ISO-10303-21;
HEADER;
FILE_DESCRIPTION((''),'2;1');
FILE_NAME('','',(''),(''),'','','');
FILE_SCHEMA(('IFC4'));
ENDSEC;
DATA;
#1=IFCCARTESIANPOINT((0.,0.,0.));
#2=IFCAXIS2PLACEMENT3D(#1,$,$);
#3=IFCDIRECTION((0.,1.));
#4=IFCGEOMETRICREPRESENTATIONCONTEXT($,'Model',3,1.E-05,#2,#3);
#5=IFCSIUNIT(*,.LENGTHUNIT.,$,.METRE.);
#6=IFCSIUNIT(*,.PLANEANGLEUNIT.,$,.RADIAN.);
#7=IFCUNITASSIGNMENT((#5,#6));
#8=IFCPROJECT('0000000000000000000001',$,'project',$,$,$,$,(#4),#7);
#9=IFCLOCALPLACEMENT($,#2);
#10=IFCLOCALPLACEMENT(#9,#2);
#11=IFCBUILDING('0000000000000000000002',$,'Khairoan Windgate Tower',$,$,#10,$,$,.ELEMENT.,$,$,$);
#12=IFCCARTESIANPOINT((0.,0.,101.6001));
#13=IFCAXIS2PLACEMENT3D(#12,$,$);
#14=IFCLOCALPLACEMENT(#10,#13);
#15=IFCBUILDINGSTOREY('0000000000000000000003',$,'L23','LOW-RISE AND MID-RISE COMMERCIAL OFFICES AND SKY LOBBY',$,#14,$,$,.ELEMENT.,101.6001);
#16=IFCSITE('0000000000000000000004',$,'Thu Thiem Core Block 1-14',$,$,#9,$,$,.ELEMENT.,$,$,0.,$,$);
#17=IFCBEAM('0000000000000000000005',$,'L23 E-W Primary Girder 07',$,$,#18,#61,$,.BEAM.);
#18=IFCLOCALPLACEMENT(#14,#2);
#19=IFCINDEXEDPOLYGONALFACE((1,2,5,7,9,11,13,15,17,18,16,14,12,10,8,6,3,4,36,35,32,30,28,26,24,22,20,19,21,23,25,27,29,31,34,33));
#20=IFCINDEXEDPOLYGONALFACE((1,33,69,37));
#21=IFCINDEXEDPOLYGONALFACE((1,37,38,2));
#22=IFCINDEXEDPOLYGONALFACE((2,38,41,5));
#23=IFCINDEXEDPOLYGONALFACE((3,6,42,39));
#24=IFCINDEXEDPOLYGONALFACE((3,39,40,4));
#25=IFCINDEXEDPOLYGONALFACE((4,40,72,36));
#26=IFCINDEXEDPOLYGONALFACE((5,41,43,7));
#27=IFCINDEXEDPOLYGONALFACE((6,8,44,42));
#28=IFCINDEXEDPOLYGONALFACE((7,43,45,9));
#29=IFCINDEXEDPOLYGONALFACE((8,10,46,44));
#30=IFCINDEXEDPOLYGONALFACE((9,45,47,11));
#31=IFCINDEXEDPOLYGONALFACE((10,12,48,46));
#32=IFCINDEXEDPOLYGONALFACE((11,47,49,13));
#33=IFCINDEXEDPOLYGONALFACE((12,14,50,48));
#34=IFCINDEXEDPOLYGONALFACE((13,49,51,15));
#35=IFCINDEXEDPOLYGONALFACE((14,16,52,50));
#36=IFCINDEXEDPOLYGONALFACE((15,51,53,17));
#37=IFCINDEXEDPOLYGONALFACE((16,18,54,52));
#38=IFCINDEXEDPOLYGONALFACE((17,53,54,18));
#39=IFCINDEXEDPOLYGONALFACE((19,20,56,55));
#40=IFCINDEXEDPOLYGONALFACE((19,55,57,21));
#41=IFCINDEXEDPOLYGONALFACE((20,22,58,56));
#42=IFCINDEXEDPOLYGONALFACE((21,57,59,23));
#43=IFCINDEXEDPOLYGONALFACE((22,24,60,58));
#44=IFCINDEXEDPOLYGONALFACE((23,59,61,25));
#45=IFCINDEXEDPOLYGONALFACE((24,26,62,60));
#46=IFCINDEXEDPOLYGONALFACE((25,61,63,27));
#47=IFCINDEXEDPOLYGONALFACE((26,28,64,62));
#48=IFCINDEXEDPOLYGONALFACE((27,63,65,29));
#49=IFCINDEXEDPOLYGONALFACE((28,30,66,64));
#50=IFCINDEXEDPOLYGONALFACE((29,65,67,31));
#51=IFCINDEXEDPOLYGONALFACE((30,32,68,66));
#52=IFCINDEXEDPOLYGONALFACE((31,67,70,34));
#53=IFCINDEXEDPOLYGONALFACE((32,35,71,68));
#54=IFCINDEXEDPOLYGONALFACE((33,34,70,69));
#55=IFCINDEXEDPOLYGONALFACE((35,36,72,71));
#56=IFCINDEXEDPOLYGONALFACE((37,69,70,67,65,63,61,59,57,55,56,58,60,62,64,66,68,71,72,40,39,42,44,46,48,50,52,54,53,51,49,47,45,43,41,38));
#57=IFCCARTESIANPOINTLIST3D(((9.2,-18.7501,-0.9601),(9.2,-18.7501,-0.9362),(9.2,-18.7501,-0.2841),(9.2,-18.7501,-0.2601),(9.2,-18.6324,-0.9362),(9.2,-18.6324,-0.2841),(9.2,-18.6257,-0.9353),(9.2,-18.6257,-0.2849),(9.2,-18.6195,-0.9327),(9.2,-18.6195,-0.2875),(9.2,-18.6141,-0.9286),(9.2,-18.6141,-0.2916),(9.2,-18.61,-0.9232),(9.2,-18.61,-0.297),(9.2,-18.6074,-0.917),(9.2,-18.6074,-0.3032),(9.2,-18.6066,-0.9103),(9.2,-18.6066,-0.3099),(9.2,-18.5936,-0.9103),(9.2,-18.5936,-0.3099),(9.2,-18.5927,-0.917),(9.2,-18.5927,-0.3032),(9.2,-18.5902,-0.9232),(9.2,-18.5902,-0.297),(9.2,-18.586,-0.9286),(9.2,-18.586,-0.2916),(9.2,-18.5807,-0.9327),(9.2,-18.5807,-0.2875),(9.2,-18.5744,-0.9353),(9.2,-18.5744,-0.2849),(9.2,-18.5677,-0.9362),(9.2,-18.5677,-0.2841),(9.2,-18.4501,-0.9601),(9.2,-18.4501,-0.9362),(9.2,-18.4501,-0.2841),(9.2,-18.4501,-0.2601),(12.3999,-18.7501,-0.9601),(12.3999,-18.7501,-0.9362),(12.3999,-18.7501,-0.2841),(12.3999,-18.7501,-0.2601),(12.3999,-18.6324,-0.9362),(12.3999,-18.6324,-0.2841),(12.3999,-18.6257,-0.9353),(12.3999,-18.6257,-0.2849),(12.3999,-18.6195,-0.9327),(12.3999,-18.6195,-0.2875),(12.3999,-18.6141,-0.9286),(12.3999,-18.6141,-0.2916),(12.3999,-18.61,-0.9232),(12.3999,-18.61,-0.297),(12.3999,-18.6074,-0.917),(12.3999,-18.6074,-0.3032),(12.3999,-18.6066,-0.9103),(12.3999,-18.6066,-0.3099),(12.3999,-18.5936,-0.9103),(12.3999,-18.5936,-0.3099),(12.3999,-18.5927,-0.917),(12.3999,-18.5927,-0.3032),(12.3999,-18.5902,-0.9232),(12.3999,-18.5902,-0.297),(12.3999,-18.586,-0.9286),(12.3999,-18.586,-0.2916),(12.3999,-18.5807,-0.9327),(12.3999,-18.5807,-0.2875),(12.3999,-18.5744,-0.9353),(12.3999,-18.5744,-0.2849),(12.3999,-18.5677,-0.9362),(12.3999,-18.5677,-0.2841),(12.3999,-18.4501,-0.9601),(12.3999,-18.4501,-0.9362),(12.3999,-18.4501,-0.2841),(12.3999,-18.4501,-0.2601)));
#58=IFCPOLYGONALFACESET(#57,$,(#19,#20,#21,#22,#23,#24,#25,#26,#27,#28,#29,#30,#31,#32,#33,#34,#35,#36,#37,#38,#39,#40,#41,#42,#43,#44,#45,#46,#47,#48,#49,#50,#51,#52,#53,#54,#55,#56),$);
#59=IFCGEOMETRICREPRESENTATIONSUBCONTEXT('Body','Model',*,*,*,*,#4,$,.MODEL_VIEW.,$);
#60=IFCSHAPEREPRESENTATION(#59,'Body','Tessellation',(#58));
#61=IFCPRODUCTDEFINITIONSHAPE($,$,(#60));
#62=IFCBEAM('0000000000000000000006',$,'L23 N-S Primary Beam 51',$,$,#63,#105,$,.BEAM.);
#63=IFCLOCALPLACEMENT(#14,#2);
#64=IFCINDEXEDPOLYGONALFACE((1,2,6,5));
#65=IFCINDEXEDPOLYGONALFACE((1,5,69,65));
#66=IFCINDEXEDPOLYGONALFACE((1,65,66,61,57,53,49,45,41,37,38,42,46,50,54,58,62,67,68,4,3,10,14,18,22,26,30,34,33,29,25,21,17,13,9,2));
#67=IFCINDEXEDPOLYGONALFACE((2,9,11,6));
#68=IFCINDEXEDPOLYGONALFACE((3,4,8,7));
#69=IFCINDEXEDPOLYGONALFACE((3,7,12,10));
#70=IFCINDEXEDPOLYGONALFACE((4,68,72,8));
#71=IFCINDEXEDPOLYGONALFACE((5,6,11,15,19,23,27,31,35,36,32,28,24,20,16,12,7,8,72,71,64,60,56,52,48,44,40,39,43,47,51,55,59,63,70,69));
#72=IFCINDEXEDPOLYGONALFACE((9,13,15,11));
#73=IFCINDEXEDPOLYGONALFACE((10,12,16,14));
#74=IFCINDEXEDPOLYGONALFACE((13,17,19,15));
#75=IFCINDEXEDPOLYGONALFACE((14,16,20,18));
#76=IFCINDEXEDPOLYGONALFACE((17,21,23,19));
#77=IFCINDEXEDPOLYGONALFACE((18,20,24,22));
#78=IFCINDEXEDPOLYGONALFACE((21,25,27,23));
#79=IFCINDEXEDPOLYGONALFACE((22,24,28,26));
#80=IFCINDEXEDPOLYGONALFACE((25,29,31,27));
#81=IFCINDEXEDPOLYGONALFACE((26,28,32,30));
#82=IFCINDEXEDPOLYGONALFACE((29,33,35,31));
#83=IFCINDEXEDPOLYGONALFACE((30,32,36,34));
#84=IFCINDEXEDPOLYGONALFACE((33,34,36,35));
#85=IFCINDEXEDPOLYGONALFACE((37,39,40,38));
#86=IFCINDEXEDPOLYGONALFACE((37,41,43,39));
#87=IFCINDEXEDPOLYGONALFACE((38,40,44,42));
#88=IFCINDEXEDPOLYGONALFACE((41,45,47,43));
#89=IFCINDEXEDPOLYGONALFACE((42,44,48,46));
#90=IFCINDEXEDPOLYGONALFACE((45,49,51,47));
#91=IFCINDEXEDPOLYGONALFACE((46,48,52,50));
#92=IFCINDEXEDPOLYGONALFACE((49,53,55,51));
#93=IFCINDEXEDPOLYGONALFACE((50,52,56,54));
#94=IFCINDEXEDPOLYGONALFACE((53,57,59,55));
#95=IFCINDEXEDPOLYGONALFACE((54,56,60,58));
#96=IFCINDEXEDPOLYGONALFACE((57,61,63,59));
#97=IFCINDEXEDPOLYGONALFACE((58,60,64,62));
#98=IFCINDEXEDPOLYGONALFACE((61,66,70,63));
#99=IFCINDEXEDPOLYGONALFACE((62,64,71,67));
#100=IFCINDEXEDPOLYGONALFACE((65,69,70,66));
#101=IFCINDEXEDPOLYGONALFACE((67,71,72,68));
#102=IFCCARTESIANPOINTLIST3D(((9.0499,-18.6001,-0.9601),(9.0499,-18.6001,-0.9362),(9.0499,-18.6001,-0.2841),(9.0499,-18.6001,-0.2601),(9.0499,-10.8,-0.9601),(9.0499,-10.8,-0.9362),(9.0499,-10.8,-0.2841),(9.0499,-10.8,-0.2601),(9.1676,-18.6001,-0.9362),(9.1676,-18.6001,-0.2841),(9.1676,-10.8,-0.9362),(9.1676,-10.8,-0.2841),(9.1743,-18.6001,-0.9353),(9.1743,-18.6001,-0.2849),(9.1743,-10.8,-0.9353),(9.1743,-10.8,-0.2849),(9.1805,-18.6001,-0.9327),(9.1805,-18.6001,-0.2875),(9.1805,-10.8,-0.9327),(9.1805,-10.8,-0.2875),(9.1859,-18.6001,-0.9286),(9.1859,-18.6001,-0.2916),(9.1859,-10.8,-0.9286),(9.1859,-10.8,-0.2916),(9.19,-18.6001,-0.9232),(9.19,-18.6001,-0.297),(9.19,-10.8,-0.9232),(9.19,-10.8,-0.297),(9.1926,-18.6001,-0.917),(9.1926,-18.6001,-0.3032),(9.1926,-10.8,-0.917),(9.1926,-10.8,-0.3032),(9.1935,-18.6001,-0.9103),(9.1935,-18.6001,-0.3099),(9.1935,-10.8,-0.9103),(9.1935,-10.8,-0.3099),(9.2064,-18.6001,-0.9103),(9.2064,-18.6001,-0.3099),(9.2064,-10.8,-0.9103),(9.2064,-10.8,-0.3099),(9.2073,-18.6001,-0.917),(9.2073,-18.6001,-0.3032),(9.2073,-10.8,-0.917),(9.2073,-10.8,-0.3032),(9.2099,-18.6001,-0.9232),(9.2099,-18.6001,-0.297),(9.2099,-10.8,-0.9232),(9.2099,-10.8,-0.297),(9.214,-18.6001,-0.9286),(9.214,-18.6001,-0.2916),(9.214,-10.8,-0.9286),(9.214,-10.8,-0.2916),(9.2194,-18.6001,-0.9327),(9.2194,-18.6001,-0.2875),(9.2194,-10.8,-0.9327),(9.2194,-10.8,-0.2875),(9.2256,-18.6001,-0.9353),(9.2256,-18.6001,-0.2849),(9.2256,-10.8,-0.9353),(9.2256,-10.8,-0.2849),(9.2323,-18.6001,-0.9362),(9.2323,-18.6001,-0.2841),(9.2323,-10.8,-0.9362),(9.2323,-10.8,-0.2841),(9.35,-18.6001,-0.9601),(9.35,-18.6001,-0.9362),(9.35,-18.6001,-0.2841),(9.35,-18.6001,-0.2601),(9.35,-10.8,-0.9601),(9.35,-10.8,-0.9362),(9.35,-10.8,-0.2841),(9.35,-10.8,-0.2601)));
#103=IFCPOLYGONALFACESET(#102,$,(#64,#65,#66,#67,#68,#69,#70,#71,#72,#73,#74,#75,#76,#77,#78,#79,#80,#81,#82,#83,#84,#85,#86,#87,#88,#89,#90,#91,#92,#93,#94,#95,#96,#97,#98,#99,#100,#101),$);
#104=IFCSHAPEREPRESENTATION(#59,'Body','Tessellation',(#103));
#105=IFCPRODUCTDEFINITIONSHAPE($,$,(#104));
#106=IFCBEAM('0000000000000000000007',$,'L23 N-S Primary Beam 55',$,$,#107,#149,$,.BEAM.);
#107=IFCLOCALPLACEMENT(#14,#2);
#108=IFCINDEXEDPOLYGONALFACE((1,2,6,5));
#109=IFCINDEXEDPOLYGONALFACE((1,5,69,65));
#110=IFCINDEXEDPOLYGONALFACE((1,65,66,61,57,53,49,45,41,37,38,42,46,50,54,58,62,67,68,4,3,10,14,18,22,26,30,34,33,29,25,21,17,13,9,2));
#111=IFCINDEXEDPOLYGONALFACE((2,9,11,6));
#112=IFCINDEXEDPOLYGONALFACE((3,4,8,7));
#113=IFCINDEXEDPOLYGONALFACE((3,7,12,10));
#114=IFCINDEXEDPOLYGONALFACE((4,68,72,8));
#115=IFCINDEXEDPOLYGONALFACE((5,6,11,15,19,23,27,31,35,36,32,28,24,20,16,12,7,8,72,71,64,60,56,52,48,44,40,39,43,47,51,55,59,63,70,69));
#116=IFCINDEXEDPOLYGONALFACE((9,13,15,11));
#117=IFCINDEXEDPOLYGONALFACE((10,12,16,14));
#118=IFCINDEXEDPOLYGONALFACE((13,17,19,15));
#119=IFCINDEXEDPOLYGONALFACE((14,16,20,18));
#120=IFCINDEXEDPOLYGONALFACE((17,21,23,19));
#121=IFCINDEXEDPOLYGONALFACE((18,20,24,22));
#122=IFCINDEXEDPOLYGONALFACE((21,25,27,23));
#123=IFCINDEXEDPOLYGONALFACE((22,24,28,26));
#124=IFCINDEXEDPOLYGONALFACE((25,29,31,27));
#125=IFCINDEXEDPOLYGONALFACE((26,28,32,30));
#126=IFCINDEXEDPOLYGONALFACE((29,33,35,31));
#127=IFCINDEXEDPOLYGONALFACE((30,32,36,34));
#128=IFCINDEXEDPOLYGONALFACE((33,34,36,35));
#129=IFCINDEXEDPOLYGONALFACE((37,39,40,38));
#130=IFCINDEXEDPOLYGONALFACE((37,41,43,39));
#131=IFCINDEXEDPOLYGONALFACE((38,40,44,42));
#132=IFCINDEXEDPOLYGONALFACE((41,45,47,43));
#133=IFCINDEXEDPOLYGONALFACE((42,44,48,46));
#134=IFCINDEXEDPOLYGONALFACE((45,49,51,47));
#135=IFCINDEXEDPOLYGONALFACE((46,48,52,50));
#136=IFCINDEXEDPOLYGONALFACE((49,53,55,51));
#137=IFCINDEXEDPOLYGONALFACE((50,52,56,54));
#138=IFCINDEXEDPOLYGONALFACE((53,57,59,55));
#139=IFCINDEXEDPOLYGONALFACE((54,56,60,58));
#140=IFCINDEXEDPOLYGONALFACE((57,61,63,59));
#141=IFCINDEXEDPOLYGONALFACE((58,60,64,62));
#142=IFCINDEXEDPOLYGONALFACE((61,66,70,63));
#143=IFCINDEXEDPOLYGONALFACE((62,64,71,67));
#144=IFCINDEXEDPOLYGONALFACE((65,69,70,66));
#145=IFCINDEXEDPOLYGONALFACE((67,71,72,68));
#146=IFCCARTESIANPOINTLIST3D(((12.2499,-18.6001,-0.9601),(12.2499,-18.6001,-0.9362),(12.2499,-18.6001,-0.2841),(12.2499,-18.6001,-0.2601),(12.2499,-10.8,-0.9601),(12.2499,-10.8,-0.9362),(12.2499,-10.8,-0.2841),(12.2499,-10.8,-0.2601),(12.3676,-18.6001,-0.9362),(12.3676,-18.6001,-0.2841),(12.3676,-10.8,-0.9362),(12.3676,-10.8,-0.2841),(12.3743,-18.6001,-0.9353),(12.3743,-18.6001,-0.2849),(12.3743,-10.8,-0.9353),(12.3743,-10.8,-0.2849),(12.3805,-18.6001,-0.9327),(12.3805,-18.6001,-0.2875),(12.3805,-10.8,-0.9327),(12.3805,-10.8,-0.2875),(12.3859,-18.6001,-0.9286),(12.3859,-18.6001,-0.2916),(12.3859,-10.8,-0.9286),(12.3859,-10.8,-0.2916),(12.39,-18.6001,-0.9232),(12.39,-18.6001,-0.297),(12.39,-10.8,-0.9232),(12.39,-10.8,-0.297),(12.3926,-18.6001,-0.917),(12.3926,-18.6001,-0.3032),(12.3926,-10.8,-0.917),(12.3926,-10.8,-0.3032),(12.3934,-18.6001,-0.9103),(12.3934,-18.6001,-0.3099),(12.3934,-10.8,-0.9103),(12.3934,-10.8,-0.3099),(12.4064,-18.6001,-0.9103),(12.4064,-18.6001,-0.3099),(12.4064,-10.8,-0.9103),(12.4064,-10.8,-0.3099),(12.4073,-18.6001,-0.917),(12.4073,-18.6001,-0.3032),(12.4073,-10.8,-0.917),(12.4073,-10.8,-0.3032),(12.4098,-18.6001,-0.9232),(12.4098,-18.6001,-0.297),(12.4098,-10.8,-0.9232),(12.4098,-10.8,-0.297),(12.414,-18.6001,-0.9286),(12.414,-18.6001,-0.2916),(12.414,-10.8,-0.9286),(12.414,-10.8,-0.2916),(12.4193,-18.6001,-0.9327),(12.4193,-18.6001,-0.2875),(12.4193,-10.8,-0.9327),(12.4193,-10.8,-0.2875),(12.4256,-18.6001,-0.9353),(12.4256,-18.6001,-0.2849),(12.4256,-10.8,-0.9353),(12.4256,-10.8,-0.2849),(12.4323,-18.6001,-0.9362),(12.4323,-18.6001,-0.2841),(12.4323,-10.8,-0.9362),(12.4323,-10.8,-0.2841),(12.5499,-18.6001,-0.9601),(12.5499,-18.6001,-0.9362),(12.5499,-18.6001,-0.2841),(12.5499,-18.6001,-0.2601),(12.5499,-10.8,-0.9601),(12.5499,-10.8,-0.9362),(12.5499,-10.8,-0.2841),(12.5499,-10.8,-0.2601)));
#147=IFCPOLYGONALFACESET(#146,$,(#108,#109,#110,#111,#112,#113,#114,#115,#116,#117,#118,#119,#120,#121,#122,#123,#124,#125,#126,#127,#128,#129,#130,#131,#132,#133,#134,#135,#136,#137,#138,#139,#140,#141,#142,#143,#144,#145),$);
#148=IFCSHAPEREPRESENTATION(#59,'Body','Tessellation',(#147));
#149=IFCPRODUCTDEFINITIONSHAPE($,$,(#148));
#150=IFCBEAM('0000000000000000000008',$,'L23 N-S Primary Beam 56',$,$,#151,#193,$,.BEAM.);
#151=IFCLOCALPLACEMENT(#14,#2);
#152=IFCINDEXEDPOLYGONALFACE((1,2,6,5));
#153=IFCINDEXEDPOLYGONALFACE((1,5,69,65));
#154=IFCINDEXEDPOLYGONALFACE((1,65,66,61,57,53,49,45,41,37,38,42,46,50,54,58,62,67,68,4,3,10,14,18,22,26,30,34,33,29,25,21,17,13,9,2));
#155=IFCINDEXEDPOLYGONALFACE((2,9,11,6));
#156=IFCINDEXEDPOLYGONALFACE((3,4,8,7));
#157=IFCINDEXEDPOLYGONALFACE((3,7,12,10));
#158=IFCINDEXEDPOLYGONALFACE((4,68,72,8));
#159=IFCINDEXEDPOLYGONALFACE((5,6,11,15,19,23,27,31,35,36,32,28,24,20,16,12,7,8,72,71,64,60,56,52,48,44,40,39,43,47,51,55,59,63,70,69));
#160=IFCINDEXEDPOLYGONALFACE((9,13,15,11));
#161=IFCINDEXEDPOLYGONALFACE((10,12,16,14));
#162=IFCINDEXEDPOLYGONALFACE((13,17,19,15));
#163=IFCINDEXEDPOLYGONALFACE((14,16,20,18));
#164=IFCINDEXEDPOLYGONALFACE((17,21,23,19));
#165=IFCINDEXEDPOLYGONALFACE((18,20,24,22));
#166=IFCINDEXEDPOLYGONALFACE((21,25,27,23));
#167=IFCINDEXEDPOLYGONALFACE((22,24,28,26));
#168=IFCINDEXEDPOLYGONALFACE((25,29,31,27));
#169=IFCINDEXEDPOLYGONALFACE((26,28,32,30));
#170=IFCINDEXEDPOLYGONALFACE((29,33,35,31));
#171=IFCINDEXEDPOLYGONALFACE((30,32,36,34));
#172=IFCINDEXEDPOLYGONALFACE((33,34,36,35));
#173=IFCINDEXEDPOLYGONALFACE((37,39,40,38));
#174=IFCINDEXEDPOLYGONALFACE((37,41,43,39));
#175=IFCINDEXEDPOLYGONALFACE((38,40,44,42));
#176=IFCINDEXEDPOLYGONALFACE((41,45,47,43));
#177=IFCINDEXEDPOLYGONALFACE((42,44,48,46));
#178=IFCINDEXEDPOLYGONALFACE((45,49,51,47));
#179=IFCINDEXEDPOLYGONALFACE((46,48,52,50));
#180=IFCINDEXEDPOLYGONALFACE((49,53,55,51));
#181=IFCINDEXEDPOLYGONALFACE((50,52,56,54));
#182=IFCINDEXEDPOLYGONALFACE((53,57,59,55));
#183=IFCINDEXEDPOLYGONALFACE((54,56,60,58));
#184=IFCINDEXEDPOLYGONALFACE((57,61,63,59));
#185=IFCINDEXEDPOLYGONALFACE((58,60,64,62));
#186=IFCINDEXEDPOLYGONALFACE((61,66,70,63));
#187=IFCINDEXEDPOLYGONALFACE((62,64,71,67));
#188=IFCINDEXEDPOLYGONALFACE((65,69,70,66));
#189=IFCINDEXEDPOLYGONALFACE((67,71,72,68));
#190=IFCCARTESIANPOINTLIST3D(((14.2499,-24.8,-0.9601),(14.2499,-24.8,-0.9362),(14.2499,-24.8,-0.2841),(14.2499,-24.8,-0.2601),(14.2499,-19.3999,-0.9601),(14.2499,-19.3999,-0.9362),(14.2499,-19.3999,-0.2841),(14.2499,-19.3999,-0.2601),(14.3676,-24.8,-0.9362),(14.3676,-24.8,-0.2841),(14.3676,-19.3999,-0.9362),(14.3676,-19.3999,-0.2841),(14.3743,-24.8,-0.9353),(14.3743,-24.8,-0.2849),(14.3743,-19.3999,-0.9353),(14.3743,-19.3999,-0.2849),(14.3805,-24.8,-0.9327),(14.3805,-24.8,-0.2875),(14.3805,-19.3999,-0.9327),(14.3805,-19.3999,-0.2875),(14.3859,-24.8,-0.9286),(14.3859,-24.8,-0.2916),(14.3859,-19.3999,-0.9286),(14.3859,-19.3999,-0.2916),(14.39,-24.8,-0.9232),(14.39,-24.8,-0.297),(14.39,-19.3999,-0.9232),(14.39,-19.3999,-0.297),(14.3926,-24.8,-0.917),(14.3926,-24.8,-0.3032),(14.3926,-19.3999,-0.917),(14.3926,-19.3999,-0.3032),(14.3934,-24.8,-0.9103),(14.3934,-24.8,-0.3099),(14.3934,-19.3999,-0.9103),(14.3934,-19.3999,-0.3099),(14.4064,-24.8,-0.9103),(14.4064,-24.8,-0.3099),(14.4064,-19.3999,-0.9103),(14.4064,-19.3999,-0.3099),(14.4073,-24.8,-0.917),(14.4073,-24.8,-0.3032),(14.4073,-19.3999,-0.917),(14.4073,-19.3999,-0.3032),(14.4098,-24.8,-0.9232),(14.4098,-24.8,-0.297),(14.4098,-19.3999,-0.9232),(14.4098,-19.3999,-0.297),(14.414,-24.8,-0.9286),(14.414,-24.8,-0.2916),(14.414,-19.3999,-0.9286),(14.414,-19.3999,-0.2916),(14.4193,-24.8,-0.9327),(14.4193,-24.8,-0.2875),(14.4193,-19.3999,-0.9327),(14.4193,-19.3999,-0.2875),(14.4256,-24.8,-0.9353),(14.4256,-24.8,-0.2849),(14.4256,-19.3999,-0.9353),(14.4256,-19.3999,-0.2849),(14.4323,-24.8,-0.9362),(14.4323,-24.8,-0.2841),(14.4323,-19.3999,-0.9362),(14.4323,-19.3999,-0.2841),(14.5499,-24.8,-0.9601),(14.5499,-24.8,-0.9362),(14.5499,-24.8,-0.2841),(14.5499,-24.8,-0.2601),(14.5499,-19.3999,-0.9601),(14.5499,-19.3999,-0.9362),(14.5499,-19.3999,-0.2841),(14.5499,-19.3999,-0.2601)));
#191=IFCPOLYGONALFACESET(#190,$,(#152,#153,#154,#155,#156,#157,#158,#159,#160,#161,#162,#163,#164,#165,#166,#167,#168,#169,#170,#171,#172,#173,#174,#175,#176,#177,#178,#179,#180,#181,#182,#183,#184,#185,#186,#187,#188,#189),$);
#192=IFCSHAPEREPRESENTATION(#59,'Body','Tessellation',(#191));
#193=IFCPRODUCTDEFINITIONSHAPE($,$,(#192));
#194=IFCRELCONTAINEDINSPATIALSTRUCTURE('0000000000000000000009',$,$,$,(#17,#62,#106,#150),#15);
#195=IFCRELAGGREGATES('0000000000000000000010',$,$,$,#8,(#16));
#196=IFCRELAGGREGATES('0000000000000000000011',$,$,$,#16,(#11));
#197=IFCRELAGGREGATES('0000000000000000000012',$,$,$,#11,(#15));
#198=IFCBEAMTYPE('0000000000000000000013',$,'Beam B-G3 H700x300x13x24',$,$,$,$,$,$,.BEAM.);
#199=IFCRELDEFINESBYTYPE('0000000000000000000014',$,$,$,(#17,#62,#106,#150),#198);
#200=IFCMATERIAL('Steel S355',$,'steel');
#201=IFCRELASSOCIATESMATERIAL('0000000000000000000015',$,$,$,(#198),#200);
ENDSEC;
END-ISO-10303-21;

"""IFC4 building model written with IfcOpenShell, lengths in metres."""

from ifc_helpers import new_model, si_unit, direction, frame, origin, origin_2d, place, context, subcontext, project, spatial, i_section, extrude, material, material_profile, profile_set, type_object, element, save


model = new_model("IFC4")

# Units and contexts
model_context = context("Model", 3, precision=1e-05, world=origin(), true_north=direction((0.0, 1.0)))
body_context = subcontext(model_context, "Body", "Model", "MODEL_VIEW")
ifc_project = project(units=[si_unit("LENGTHUNIT", "METRE"), si_unit("PLANEANGLEUNIT", "RADIAN")], contexts=[model_context])

# Site, building, storey
site_placement = place(None, origin())
site = spatial("IfcSite", under=ifc_project, at=site_placement, Name="Thu Thiem Core Block 1-14", CompositionType="ELEMENT", RefElevation=0.0)
building_placement = place(site_placement, origin())
building = spatial("IfcBuilding", under=site, at=building_placement, Name="Khairoan Windgate Tower", CompositionType="ELEMENT")
storey_placement = place(building_placement, frame((0.0, 0.0, 101.6001)))
storey = spatial("IfcBuildingStorey", under=building, at=storey_placement, Name="L23", Description="LOW-RISE AND MID-RISE COMMERCIAL OFFICES AND SKY LOBBY", CompositionType="ELEMENT", Elevation=101.6001)

# Beams
ifc_material_1 = material(Name="Steel S355", Category="steel")
ifc_material_profile_1 = material_profile(ifc_material_1, i_section(OverallWidth=0.3, OverallDepth=0.7, WebThickness=0.0129, FlangeThickness=0.0239, FilletRadius=0.0259, at=origin_2d()))
ifc_profile_set_1 = profile_set([ifc_material_profile_1], Name="Steel S355")
beam_type = type_object("IfcBeamType", Name="Beam B-G3 H700x300x13x24", PredefinedType="BEAM", material=ifc_profile_set_1)
beam_1_placement = place(storey_placement, frame((9.2, -18.6001, -0.6101), z_axis=(1.0, 0.0, 0.0), x_axis=(0.0, 1.0, 0.0)))
element("IfcBeam", 1, at=beam_1_placement, inside=storey, type_object=beam_type, Name="L23 E-W Primary Girder 07", PredefinedType="BEAM", context=body_context, shape_type="SweptSolid", body=[
    extrude(i_section(OverallWidth=0.3, OverallDepth=0.7, WebThickness=0.0129, FlangeThickness=0.0239, FilletRadius=0.0259, at=origin_2d()), origin(), (0.0, 0.0, 1.0), 3.2),
])
for number, where, z_axis, x_axis, name in (
    (2, (9.2, -18.6001, -0.6101), (0.0, 1.0, 0.0), (-1.0, 0.0, 0.0), "L23 N-S Primary Beam 51"),
    (3, (12.3999, -18.6001, -0.6101), (0.0, 1.0, 0.0), (-1.0, 0.0, 0.0), "L23 N-S Primary Beam 55"),
):
    element("IfcBeam", number, at=place(storey_placement, frame(where, z_axis=z_axis, x_axis=x_axis)), inside=storey, type_object=beam_type, Name=name, PredefinedType="BEAM", context=body_context, shape_type="SweptSolid", body=[
        extrude(i_section(OverallWidth=0.3, OverallDepth=0.7, WebThickness=0.0129, FlangeThickness=0.0239, FilletRadius=0.0259, at=origin_2d()), origin(), (0.0, 0.0, 1.0), 7.8),
    ])
beam_2_placement = place(storey_placement, frame((14.3999, -24.8, -0.6101), z_axis=(0.0, 1.0, 0.0), x_axis=(-1.0, 0.0, 0.0)))
element("IfcBeam", 4, at=beam_2_placement, inside=storey, type_object=beam_type, Name="L23 N-S Primary Beam 56", PredefinedType="BEAM", context=body_context, shape_type="SweptSolid", body=[
    extrude(i_section(OverallWidth=0.3, OverallDepth=0.7, WebThickness=0.0129, FlangeThickness=0.0239, FilletRadius=0.0259, at=origin_2d()), origin(), (0.0, 0.0, 1.0), 5.4001),
])

save(model, "model.ifc")
